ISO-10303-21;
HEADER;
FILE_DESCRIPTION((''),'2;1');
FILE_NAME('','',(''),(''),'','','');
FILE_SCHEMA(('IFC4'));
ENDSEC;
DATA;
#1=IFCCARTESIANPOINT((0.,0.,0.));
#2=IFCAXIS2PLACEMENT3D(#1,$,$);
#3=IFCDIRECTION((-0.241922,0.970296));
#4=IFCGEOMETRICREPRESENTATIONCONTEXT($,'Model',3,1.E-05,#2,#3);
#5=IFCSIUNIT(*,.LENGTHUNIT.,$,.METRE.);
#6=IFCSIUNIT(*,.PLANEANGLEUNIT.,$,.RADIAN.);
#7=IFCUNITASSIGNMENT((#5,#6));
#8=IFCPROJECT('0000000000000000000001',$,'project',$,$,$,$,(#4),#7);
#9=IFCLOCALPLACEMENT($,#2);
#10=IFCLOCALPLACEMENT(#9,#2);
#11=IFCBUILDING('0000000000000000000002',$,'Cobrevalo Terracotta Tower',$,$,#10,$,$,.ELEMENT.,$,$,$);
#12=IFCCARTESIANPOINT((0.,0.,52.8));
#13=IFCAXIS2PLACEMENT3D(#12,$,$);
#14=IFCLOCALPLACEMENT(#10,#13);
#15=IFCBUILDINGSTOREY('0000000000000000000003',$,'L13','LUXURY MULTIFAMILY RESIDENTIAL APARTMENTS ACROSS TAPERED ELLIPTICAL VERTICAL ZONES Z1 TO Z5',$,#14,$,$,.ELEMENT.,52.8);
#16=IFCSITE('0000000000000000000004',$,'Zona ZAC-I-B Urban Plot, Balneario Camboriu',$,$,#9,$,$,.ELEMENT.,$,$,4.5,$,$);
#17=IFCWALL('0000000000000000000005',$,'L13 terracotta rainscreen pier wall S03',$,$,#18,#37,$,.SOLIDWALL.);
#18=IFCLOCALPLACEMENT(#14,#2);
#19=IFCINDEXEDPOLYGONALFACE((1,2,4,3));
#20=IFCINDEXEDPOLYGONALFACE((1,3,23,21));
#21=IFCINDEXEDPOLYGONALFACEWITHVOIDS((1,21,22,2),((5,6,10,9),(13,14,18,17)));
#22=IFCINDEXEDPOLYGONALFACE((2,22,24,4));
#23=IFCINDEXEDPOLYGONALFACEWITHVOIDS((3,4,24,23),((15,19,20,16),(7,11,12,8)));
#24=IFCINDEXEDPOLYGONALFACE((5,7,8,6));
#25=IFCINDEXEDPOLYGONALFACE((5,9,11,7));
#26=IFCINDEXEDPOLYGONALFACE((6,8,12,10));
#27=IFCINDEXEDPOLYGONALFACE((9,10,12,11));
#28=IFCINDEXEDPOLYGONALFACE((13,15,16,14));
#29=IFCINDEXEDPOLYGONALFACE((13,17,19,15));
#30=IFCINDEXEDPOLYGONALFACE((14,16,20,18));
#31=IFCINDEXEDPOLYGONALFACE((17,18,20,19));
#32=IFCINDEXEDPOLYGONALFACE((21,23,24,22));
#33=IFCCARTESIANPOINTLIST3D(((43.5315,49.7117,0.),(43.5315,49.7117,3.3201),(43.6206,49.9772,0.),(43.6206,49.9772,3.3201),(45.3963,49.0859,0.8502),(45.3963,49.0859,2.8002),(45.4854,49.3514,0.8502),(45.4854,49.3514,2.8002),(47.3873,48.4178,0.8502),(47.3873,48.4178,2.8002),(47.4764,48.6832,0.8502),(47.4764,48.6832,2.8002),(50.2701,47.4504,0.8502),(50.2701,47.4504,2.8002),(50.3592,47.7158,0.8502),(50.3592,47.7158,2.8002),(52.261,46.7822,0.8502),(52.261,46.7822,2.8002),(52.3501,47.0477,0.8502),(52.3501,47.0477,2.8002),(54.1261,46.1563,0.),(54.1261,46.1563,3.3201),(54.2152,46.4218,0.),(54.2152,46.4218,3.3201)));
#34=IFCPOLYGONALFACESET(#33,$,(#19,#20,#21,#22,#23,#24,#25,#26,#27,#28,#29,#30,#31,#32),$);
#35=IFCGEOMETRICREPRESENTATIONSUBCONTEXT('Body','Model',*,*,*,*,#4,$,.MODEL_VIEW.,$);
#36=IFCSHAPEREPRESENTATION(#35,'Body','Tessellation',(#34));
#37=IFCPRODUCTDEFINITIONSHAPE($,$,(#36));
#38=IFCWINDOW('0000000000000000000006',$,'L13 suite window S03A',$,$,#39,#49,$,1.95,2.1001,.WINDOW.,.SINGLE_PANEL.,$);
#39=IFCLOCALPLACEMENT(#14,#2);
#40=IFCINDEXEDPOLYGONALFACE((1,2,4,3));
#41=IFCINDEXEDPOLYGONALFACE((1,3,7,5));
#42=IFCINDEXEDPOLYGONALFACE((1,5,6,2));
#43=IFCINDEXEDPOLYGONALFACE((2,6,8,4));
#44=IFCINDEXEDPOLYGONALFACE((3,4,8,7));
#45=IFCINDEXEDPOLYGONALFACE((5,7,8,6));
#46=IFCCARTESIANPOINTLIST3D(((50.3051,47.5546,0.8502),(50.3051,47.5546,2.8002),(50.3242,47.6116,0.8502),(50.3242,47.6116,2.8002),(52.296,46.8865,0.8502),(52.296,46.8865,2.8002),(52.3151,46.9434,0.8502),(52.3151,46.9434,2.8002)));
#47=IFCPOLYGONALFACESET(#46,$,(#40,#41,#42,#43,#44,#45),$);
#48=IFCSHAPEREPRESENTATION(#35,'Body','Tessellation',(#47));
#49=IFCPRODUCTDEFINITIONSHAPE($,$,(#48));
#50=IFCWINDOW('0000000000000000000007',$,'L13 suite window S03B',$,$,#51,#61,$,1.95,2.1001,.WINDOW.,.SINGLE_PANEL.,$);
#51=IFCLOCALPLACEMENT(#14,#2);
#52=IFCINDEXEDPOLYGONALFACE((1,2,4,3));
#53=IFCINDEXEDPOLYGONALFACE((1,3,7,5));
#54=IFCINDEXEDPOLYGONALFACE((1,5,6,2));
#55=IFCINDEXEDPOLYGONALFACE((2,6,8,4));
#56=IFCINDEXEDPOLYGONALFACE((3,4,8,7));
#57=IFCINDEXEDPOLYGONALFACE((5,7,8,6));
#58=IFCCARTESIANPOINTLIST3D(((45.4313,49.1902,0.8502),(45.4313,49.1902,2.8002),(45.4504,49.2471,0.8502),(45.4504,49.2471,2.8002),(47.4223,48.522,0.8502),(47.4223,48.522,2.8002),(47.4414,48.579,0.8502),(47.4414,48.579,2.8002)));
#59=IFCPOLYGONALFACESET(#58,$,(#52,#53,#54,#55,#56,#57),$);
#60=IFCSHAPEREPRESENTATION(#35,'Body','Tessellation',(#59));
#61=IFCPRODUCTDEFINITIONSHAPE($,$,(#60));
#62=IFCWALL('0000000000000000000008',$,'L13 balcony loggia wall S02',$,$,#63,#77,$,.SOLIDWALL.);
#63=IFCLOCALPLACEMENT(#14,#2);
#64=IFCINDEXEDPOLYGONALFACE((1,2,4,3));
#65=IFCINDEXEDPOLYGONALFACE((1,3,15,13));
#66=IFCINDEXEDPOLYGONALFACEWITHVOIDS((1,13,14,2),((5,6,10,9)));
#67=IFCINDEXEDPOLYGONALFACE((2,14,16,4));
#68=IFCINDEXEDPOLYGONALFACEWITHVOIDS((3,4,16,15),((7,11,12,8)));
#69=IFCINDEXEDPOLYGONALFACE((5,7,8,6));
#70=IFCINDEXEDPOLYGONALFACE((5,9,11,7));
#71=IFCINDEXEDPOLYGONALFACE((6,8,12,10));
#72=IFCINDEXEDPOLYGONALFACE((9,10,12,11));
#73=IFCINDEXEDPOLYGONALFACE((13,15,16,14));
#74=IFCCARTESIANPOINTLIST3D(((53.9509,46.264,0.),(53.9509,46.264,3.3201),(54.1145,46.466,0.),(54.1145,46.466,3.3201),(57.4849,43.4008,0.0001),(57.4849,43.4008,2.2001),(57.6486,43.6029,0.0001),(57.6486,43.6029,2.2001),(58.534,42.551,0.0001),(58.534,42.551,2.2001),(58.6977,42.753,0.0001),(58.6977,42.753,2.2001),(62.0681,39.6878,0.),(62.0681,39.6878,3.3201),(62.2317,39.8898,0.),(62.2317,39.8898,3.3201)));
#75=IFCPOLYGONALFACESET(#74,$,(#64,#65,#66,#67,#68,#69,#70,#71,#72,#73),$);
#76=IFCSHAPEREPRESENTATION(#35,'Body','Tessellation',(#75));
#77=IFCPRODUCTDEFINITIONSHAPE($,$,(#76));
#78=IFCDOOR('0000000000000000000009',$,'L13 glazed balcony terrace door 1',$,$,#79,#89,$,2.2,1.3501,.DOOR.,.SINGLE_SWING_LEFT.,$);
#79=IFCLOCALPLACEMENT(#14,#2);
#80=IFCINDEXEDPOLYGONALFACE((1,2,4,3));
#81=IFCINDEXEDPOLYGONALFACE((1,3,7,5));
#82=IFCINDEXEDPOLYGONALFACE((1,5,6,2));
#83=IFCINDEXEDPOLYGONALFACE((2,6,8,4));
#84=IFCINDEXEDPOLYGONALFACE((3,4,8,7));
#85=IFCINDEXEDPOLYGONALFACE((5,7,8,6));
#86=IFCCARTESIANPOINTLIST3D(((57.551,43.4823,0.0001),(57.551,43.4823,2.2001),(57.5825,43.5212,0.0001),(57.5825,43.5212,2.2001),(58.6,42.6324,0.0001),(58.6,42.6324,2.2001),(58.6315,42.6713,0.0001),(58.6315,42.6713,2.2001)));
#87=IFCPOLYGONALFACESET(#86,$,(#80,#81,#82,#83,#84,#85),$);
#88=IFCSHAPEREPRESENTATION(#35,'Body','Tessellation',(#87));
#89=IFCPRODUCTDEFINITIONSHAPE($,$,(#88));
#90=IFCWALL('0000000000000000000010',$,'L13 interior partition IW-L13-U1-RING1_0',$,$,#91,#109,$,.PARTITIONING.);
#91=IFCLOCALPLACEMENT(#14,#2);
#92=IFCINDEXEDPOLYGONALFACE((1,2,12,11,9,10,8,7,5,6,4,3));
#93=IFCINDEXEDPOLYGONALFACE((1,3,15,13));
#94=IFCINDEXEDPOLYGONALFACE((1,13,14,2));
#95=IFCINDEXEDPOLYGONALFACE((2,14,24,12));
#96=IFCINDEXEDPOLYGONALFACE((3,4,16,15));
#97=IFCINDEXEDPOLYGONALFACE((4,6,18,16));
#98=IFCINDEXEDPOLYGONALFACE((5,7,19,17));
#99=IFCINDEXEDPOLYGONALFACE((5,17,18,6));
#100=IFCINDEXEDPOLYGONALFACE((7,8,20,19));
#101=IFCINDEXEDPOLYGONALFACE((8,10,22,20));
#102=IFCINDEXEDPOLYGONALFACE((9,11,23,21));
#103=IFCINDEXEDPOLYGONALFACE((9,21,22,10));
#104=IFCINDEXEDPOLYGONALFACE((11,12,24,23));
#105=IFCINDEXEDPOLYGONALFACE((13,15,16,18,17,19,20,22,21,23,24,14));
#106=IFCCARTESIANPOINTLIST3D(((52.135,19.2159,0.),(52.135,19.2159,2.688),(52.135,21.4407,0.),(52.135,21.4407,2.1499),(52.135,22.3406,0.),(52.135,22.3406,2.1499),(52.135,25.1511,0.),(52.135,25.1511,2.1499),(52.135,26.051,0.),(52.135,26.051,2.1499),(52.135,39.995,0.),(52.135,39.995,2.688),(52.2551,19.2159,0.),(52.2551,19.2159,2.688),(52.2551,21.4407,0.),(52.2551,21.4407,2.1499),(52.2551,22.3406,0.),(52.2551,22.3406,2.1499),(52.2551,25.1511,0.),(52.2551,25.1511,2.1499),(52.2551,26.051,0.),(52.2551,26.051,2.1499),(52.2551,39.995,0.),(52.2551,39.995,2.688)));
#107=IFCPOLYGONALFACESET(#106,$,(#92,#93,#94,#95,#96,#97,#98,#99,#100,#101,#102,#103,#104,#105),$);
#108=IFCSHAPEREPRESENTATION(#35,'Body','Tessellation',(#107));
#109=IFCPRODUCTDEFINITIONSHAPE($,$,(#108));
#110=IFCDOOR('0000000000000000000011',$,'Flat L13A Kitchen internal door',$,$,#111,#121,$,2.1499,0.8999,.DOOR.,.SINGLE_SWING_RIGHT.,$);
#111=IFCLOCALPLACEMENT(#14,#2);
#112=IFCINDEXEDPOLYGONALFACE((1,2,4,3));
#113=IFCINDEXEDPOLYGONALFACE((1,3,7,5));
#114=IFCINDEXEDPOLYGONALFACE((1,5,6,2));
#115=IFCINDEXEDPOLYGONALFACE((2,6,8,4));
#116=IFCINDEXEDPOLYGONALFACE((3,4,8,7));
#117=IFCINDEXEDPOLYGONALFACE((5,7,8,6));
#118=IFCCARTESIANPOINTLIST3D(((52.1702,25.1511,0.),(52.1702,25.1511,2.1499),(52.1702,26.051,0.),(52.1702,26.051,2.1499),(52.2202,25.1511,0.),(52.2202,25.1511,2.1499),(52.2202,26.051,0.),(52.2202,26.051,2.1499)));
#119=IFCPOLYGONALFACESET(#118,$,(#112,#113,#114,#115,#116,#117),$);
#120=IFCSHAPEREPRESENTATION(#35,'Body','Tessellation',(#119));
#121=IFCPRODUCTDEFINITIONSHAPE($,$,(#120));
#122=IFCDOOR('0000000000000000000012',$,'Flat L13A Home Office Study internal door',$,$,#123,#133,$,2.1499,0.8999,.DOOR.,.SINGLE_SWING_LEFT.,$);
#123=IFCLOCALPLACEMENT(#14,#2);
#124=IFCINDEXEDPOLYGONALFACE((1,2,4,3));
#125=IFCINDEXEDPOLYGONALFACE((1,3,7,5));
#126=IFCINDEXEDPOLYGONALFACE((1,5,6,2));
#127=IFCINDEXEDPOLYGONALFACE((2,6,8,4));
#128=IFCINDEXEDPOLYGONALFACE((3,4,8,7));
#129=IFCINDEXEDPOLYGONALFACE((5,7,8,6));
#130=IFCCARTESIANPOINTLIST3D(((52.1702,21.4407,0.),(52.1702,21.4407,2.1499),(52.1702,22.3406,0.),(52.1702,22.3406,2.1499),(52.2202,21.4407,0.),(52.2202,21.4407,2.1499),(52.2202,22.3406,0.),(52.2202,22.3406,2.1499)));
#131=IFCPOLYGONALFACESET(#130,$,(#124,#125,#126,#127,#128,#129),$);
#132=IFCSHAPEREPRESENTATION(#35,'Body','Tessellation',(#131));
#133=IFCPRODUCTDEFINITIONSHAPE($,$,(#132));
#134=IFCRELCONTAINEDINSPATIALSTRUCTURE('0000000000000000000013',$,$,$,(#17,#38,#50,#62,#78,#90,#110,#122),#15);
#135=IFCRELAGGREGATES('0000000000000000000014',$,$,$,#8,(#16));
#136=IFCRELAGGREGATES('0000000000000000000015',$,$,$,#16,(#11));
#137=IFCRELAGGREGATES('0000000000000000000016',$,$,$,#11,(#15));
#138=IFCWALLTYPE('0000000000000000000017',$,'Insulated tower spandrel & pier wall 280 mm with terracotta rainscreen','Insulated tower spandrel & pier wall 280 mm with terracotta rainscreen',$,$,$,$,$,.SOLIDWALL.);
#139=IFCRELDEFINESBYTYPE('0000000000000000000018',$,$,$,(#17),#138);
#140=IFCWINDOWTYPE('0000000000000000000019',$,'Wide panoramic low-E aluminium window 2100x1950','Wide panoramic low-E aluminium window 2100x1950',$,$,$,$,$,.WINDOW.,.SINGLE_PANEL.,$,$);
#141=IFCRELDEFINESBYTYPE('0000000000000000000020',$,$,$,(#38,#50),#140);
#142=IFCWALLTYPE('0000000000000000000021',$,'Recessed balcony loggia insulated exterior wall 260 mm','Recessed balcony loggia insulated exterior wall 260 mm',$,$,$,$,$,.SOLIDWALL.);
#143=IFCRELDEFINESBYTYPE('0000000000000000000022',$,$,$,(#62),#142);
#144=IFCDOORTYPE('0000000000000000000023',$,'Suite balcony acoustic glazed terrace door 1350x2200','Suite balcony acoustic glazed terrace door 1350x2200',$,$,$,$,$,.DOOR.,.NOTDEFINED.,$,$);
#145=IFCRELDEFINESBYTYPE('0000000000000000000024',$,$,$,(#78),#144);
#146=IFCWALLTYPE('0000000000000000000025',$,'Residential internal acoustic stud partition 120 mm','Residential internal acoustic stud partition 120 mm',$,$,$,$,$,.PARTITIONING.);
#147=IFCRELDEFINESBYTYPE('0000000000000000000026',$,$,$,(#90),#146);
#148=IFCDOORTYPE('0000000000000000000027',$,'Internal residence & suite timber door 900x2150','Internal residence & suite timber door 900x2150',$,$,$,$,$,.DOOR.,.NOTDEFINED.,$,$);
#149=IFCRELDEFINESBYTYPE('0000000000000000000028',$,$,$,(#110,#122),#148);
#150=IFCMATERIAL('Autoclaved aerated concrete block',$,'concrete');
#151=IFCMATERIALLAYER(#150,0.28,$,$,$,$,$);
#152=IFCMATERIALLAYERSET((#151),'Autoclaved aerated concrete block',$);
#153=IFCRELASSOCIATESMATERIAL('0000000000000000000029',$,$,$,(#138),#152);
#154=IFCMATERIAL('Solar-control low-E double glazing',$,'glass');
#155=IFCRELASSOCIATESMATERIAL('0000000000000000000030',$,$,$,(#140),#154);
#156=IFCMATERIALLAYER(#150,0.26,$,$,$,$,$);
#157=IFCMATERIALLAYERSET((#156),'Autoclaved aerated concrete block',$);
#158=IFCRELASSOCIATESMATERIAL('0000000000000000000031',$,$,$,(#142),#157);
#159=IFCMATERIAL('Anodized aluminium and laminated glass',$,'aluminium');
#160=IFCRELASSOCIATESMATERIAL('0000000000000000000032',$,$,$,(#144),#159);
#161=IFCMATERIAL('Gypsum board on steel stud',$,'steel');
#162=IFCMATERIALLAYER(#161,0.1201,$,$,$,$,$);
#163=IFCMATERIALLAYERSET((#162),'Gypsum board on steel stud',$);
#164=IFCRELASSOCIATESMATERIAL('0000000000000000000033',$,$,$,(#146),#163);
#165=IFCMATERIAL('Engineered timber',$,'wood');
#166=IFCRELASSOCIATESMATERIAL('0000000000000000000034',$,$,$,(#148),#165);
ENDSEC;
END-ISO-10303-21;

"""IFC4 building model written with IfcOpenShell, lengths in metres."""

from ifc_helpers import new_model, si_unit, direction, frame, frame_2d, origin, place, context, subcontext, project, spatial, rectangle, extrude, source, transform, mapped, material, layer, layer_set, type_object, element, fill, save


model = new_model("IFC4")

# Units and contexts
model_context = context("Model", 3, precision=1e-05, world=origin(), true_north=direction((-0.241922, 0.970296)))
body_context = subcontext(model_context, "Body", "Model", "MODEL_VIEW")
ifc_project = project(units=[si_unit("LENGTHUNIT", "METRE"), si_unit("PLANEANGLEUNIT", "RADIAN")], contexts=[model_context])

# Site, building, storey
site_placement = place(None, origin())
site = spatial("IfcSite", under=ifc_project, at=site_placement, Name="Zona ZAC-I-B Urban Plot, Balneario Camboriu", CompositionType="ELEMENT", RefElevation=4.5)
building_placement = place(site_placement, origin())
building = spatial("IfcBuilding", under=site, at=building_placement, Name="Cobrevalo Terracotta Tower", CompositionType="ELEMENT")
storey_placement = place(building_placement, frame((0.0, 0.0, 52.8)))
storey = spatial("IfcBuildingStorey", under=building, at=storey_placement, Name="L13", Description="LUXURY MULTIFAMILY RESIDENTIAL APARTMENTS ACROSS TAPERED ELLIPTICAL VERTICAL ZONES Z1 TO Z5", CompositionType="ELEMENT", Elevation=52.8)

# Shared definitions
ifc_material_1 = material(Name="Solar-control low-E double glazing", Category="glass")

# Wall, openings, windows
ifc_material_2 = material(Name="Autoclaved aerated concrete block", Category="concrete")
ifc_layer_1 = layer(ifc_material_2, 0.28)
ifc_layer_set_1 = layer_set([ifc_layer_1], Name="Autoclaved aerated concrete block")
wall_type_1 = type_object("IfcWallType", Name="Insulated tower spandrel & pier wall 280 mm with terracotta rainscreen", Description="Insulated tower spandrel & pier wall 280 mm with terracotta rainscreen", PredefinedType="SOLIDWALL", material=ifc_layer_set_1)
wall_1_placement = place(storey_placement, frame((54.1707, 46.2891, 0.0), z_axis=(0.0, 0.0, 1.0), x_axis=(-0.948041, 0.318147, 0.0)))
wall_1 = element("IfcWall", 1, at=wall_1_placement, inside=storey, type_object=wall_type_1, Name="L13 terracotta rainscreen pier wall S03", PredefinedType="SOLIDWALL", context=body_context, shape_type="SweptSolid", body=[
    extrude(rectangle(XDim=11.1753, YDim=0.28, at=frame_2d((5.5876, 0.0))), origin(), (0.0, 0.0, 1.0), 3.3201),
])
opening_1_placement = place(wall_1_placement, frame((1.9673, 0.0, 0.8501)))
opening_1 = element("IfcOpeningElement", 2, at=opening_1_placement, cuts=wall_1, PredefinedType="OPENING", context=body_context, shape_type="SweptSolid", body=[
    extrude(rectangle(XDim=2.1001, YDim=1.95, at=frame_2d((1.05, 0.9751))), frame((0.0, 0.1499, 0.0), z_axis=(0.0, -1.0, 0.0), x_axis=(1.0, 0.0, 0.0)), (0.0, 0.0, 1.0), 0.3),
])
opening_2_placement = place(wall_1_placement, frame((7.1082, 0.0, 0.8501)))
opening_2 = element("IfcOpeningElement", 3, at=opening_2_placement, cuts=wall_1, PredefinedType="OPENING", context=body_context, shape_type="SweptSolid", body=[
    extrude(rectangle(XDim=2.1001, YDim=1.95, at=frame_2d((1.05, 0.9751))), frame((0.0, 0.1499, 0.0), z_axis=(0.0, -1.0, 0.0), x_axis=(1.0, 0.0, 0.0)), (0.0, 0.0, 1.0), 0.3),
])
window_type = type_object("IfcWindowType", Name="Wide panoramic low-E aluminium window 2100x1950", Description="Wide panoramic low-E aluminium window 2100x1950", PartitioningType="SINGLE_PANEL", PredefinedType="WINDOW", material=ifc_material_1)
shared_shape_1 = source(origin(), body_context, "Body", "SweptSolid", [
    extrude(rectangle(XDim=2.1001, YDim=1.95, at=frame_2d((1.05, 0.9751))), frame((0.0, 0.03, 0.0), z_axis=(0.0, -1.0, 0.0), x_axis=(1.0, 0.0, 0.0)), (0.0, 0.0, 1.0), 0.0601),
])
window_1_placement = place(opening_1_placement, origin())
window_1 = element("IfcWindow", 4, at=window_1_placement, inside=storey, type_object=window_type, Name="L13 suite window S03A", OverallHeight=1.95, OverallWidth=2.1001, PartitioningType="SINGLE_PANEL", PredefinedType="WINDOW", context=body_context, shape_type="MappedRepresentation", body=[
    mapped(shared_shape_1, transform((0.0, 0.0, 0.0), scale=1.0)),
])
fill(opening_1, window_1)
window_2_placement = place(opening_2_placement, origin())
window_2 = element("IfcWindow", 5, at=window_2_placement, inside=storey, type_object=window_type, Name="L13 suite window S03B", OverallHeight=1.95, OverallWidth=2.1001, PartitioningType="SINGLE_PANEL", PredefinedType="WINDOW", context=body_context, shape_type="MappedRepresentation", body=[
    mapped(shared_shape_1, transform((0.0, 0.0, 0.0), scale=1.0)),
])
fill(opening_2, window_2)

# Wall, opening, door
ifc_layer_2 = layer(ifc_material_2, 0.26)
ifc_layer_set_2 = layer_set([ifc_layer_2], Name="Autoclaved aerated concrete block")
wall_type_2 = type_object("IfcWallType", Name="Recessed balcony loggia insulated exterior wall 260 mm", Description="Recessed balcony loggia insulated exterior wall 260 mm", PredefinedType="SOLIDWALL", material=ifc_layer_set_2)
wall_2_placement = place(storey_placement, frame((62.1499, 39.7888, 0.0), z_axis=(0.0, 0.0, 1.0), x_axis=(-0.777005, 0.629494, 0.0)))
wall_2 = element("IfcWall", 6, at=wall_2_placement, inside=storey, type_object=wall_type_2, Name="L13 balcony loggia wall S02", PredefinedType="SOLIDWALL", context=body_context, shape_type="SweptSolid", body=[
    extrude(rectangle(XDim=10.4468, YDim=0.26, at=frame_2d((5.2234, 0.0))), origin(), (0.0, 0.0, 1.0), 3.3201),
])
opening_3_placement = place(wall_2_placement, frame((4.5483, 0.0, 0.0)))
opening_3 = element("IfcOpeningElement", 7, at=opening_3_placement, cuts=wall_2, PredefinedType="OPENING", context=body_context, shape_type="SweptSolid", body=[
    extrude(rectangle(XDim=1.3501, YDim=2.2, at=frame_2d((0.675, 1.1001))), frame((0.0, 0.1401, 0.0), z_axis=(0.0, -1.0, 0.0), x_axis=(1.0, 0.0, 0.0)), (0.0, 0.0, 1.0), 0.28),
])
ifc_material_3 = material(Name="Anodized aluminium and laminated glass", Category="aluminium")
door_type_1 = type_object("IfcDoorType", Name="Suite balcony acoustic glazed terrace door 1350x2200", Description="Suite balcony acoustic glazed terrace door 1350x2200", OperationType="NOTDEFINED", PredefinedType="DOOR", material=ifc_material_3)
shared_shape_2 = source(origin(), body_context, "Body", "SweptSolid", [
    extrude(rectangle(XDim=1.3501, YDim=2.2, at=frame_2d((0.675, 1.1001))), frame((0.0, 0.0249, 0.0), z_axis=(0.0, -1.0, 0.0), x_axis=(1.0, 0.0, 0.0)), (0.0, 0.0, 1.0), 0.05),
])
door_1_placement = place(opening_3_placement, frame((1.3501, 0.0, 0.0), z_axis=(0.0, 0.0, 1.0), x_axis=(-1.0, 0.0, 0.0)))
door_1 = element("IfcDoor", 8, at=door_1_placement, inside=storey, type_object=door_type_1, Name="L13 glazed balcony terrace door 1", OperationType="SINGLE_SWING_LEFT", OverallHeight=2.2, OverallWidth=1.3501, PredefinedType="DOOR", context=body_context, shape_type="MappedRepresentation", body=[
    mapped(shared_shape_2, transform((0.0, 0.0, 0.0), scale=1.0)),
])
fill(opening_3, door_1)

# Wall, openings, doors
ifc_material_4 = material(Name="Gypsum board on steel stud", Category="steel")
ifc_layer_3 = layer(ifc_material_4, 0.1201)
ifc_layer_set_3 = layer_set([ifc_layer_3], Name="Gypsum board on steel stud")
wall_type_3 = type_object("IfcWallType", Name="Residential internal acoustic stud partition 120 mm", Description="Residential internal acoustic stud partition 120 mm", PredefinedType="PARTITIONING", material=ifc_layer_set_3)
wall_3_placement = place(storey_placement, frame((52.1951, 39.9951, 0.0), z_axis=(0.0, 0.0, 1.0), x_axis=(0.0, -1.0, 0.0)))
wall_3 = element("IfcWall", 9, at=wall_3_placement, inside=storey, type_object=wall_type_3, Name="L13 interior partition IW-L13-U1-RING1_0", PredefinedType="PARTITIONING", context=body_context, shape_type="SweptSolid", body=[
    extrude(rectangle(XDim=20.7791, YDim=0.1201, at=frame_2d((10.3896, 0.0))), origin(), (0.0, 0.0, 1.0), 2.688),
])
opening_4_placement = place(wall_3_placement, frame((13.9441, 0.0, 0.0)))
opening_4 = element("IfcOpeningElement", 10, at=opening_4_placement, cuts=wall_3, PredefinedType="OPENING", context=body_context, shape_type="SweptSolid", body=[
    extrude(rectangle(XDim=0.8999, YDim=2.1499, at=frame_2d((0.45, 1.075))), frame((0.0, 0.0701, 0.0), z_axis=(0.0, -1.0, 0.0), x_axis=(1.0, 0.0, 0.0)), (0.0, 0.0, 1.0), 0.1401),
])
opening_5_placement = place(wall_3_placement, frame((17.6545, 0.0, 0.0)))
opening_5 = element("IfcOpeningElement", 11, at=opening_5_placement, cuts=wall_3, PredefinedType="OPENING", context=body_context, shape_type="SweptSolid", body=[
    extrude(rectangle(XDim=0.8999, YDim=2.1499, at=frame_2d((0.45, 1.075))), frame((0.0, 0.0701, 0.0), z_axis=(0.0, -1.0, 0.0), x_axis=(1.0, 0.0, 0.0)), (0.0, 0.0, 1.0), 0.1401),
])
ifc_material_5 = material(Name="Engineered timber", Category="wood")
door_type_2 = type_object("IfcDoorType", Name="Internal residence & suite timber door 900x2150", Description="Internal residence & suite timber door 900x2150", OperationType="NOTDEFINED", PredefinedType="DOOR", material=ifc_material_5)
shared_shape_3 = source(origin(), body_context, "Body", "SweptSolid", [
    extrude(rectangle(XDim=0.8999, YDim=2.1499, at=frame_2d((0.45, 1.075))), frame((0.0, 0.0249, 0.0), z_axis=(0.0, -1.0, 0.0), x_axis=(1.0, 0.0, 0.0)), (0.0, 0.0, 1.0), 0.05),
])
door_2_placement = place(opening_4_placement, frame((0.8999, 0.0, 0.0), z_axis=(0.0, 0.0, 1.0), x_axis=(-1.0, 0.0, 0.0)))
door_2 = element("IfcDoor", 12, at=door_2_placement, inside=storey, type_object=door_type_2, Name="Flat L13A Kitchen internal door", OperationType="SINGLE_SWING_RIGHT", OverallHeight=2.1499, OverallWidth=0.8999, PredefinedType="DOOR", context=body_context, shape_type="MappedRepresentation", body=[
    mapped(shared_shape_3, transform((0.0, 0.0, 0.0), scale=1.0)),
])
fill(opening_4, door_2)
door_3_placement = place(opening_5_placement, frame((0.8999, 0.0, 0.0), z_axis=(0.0, 0.0, 1.0), x_axis=(-1.0, 0.0, 0.0)))
door_3 = element("IfcDoor", 13, at=door_3_placement, inside=storey, type_object=door_type_2, Name="Flat L13A Home Office Study internal door", OperationType="SINGLE_SWING_LEFT", OverallHeight=2.1499, OverallWidth=0.8999, PredefinedType="DOOR", context=body_context, shape_type="MappedRepresentation", body=[
    mapped(shared_shape_3, transform((0.0, 0.0, 0.0), scale=1.0)),
])
fill(opening_5, door_3)

save(model, "model.ifc")
